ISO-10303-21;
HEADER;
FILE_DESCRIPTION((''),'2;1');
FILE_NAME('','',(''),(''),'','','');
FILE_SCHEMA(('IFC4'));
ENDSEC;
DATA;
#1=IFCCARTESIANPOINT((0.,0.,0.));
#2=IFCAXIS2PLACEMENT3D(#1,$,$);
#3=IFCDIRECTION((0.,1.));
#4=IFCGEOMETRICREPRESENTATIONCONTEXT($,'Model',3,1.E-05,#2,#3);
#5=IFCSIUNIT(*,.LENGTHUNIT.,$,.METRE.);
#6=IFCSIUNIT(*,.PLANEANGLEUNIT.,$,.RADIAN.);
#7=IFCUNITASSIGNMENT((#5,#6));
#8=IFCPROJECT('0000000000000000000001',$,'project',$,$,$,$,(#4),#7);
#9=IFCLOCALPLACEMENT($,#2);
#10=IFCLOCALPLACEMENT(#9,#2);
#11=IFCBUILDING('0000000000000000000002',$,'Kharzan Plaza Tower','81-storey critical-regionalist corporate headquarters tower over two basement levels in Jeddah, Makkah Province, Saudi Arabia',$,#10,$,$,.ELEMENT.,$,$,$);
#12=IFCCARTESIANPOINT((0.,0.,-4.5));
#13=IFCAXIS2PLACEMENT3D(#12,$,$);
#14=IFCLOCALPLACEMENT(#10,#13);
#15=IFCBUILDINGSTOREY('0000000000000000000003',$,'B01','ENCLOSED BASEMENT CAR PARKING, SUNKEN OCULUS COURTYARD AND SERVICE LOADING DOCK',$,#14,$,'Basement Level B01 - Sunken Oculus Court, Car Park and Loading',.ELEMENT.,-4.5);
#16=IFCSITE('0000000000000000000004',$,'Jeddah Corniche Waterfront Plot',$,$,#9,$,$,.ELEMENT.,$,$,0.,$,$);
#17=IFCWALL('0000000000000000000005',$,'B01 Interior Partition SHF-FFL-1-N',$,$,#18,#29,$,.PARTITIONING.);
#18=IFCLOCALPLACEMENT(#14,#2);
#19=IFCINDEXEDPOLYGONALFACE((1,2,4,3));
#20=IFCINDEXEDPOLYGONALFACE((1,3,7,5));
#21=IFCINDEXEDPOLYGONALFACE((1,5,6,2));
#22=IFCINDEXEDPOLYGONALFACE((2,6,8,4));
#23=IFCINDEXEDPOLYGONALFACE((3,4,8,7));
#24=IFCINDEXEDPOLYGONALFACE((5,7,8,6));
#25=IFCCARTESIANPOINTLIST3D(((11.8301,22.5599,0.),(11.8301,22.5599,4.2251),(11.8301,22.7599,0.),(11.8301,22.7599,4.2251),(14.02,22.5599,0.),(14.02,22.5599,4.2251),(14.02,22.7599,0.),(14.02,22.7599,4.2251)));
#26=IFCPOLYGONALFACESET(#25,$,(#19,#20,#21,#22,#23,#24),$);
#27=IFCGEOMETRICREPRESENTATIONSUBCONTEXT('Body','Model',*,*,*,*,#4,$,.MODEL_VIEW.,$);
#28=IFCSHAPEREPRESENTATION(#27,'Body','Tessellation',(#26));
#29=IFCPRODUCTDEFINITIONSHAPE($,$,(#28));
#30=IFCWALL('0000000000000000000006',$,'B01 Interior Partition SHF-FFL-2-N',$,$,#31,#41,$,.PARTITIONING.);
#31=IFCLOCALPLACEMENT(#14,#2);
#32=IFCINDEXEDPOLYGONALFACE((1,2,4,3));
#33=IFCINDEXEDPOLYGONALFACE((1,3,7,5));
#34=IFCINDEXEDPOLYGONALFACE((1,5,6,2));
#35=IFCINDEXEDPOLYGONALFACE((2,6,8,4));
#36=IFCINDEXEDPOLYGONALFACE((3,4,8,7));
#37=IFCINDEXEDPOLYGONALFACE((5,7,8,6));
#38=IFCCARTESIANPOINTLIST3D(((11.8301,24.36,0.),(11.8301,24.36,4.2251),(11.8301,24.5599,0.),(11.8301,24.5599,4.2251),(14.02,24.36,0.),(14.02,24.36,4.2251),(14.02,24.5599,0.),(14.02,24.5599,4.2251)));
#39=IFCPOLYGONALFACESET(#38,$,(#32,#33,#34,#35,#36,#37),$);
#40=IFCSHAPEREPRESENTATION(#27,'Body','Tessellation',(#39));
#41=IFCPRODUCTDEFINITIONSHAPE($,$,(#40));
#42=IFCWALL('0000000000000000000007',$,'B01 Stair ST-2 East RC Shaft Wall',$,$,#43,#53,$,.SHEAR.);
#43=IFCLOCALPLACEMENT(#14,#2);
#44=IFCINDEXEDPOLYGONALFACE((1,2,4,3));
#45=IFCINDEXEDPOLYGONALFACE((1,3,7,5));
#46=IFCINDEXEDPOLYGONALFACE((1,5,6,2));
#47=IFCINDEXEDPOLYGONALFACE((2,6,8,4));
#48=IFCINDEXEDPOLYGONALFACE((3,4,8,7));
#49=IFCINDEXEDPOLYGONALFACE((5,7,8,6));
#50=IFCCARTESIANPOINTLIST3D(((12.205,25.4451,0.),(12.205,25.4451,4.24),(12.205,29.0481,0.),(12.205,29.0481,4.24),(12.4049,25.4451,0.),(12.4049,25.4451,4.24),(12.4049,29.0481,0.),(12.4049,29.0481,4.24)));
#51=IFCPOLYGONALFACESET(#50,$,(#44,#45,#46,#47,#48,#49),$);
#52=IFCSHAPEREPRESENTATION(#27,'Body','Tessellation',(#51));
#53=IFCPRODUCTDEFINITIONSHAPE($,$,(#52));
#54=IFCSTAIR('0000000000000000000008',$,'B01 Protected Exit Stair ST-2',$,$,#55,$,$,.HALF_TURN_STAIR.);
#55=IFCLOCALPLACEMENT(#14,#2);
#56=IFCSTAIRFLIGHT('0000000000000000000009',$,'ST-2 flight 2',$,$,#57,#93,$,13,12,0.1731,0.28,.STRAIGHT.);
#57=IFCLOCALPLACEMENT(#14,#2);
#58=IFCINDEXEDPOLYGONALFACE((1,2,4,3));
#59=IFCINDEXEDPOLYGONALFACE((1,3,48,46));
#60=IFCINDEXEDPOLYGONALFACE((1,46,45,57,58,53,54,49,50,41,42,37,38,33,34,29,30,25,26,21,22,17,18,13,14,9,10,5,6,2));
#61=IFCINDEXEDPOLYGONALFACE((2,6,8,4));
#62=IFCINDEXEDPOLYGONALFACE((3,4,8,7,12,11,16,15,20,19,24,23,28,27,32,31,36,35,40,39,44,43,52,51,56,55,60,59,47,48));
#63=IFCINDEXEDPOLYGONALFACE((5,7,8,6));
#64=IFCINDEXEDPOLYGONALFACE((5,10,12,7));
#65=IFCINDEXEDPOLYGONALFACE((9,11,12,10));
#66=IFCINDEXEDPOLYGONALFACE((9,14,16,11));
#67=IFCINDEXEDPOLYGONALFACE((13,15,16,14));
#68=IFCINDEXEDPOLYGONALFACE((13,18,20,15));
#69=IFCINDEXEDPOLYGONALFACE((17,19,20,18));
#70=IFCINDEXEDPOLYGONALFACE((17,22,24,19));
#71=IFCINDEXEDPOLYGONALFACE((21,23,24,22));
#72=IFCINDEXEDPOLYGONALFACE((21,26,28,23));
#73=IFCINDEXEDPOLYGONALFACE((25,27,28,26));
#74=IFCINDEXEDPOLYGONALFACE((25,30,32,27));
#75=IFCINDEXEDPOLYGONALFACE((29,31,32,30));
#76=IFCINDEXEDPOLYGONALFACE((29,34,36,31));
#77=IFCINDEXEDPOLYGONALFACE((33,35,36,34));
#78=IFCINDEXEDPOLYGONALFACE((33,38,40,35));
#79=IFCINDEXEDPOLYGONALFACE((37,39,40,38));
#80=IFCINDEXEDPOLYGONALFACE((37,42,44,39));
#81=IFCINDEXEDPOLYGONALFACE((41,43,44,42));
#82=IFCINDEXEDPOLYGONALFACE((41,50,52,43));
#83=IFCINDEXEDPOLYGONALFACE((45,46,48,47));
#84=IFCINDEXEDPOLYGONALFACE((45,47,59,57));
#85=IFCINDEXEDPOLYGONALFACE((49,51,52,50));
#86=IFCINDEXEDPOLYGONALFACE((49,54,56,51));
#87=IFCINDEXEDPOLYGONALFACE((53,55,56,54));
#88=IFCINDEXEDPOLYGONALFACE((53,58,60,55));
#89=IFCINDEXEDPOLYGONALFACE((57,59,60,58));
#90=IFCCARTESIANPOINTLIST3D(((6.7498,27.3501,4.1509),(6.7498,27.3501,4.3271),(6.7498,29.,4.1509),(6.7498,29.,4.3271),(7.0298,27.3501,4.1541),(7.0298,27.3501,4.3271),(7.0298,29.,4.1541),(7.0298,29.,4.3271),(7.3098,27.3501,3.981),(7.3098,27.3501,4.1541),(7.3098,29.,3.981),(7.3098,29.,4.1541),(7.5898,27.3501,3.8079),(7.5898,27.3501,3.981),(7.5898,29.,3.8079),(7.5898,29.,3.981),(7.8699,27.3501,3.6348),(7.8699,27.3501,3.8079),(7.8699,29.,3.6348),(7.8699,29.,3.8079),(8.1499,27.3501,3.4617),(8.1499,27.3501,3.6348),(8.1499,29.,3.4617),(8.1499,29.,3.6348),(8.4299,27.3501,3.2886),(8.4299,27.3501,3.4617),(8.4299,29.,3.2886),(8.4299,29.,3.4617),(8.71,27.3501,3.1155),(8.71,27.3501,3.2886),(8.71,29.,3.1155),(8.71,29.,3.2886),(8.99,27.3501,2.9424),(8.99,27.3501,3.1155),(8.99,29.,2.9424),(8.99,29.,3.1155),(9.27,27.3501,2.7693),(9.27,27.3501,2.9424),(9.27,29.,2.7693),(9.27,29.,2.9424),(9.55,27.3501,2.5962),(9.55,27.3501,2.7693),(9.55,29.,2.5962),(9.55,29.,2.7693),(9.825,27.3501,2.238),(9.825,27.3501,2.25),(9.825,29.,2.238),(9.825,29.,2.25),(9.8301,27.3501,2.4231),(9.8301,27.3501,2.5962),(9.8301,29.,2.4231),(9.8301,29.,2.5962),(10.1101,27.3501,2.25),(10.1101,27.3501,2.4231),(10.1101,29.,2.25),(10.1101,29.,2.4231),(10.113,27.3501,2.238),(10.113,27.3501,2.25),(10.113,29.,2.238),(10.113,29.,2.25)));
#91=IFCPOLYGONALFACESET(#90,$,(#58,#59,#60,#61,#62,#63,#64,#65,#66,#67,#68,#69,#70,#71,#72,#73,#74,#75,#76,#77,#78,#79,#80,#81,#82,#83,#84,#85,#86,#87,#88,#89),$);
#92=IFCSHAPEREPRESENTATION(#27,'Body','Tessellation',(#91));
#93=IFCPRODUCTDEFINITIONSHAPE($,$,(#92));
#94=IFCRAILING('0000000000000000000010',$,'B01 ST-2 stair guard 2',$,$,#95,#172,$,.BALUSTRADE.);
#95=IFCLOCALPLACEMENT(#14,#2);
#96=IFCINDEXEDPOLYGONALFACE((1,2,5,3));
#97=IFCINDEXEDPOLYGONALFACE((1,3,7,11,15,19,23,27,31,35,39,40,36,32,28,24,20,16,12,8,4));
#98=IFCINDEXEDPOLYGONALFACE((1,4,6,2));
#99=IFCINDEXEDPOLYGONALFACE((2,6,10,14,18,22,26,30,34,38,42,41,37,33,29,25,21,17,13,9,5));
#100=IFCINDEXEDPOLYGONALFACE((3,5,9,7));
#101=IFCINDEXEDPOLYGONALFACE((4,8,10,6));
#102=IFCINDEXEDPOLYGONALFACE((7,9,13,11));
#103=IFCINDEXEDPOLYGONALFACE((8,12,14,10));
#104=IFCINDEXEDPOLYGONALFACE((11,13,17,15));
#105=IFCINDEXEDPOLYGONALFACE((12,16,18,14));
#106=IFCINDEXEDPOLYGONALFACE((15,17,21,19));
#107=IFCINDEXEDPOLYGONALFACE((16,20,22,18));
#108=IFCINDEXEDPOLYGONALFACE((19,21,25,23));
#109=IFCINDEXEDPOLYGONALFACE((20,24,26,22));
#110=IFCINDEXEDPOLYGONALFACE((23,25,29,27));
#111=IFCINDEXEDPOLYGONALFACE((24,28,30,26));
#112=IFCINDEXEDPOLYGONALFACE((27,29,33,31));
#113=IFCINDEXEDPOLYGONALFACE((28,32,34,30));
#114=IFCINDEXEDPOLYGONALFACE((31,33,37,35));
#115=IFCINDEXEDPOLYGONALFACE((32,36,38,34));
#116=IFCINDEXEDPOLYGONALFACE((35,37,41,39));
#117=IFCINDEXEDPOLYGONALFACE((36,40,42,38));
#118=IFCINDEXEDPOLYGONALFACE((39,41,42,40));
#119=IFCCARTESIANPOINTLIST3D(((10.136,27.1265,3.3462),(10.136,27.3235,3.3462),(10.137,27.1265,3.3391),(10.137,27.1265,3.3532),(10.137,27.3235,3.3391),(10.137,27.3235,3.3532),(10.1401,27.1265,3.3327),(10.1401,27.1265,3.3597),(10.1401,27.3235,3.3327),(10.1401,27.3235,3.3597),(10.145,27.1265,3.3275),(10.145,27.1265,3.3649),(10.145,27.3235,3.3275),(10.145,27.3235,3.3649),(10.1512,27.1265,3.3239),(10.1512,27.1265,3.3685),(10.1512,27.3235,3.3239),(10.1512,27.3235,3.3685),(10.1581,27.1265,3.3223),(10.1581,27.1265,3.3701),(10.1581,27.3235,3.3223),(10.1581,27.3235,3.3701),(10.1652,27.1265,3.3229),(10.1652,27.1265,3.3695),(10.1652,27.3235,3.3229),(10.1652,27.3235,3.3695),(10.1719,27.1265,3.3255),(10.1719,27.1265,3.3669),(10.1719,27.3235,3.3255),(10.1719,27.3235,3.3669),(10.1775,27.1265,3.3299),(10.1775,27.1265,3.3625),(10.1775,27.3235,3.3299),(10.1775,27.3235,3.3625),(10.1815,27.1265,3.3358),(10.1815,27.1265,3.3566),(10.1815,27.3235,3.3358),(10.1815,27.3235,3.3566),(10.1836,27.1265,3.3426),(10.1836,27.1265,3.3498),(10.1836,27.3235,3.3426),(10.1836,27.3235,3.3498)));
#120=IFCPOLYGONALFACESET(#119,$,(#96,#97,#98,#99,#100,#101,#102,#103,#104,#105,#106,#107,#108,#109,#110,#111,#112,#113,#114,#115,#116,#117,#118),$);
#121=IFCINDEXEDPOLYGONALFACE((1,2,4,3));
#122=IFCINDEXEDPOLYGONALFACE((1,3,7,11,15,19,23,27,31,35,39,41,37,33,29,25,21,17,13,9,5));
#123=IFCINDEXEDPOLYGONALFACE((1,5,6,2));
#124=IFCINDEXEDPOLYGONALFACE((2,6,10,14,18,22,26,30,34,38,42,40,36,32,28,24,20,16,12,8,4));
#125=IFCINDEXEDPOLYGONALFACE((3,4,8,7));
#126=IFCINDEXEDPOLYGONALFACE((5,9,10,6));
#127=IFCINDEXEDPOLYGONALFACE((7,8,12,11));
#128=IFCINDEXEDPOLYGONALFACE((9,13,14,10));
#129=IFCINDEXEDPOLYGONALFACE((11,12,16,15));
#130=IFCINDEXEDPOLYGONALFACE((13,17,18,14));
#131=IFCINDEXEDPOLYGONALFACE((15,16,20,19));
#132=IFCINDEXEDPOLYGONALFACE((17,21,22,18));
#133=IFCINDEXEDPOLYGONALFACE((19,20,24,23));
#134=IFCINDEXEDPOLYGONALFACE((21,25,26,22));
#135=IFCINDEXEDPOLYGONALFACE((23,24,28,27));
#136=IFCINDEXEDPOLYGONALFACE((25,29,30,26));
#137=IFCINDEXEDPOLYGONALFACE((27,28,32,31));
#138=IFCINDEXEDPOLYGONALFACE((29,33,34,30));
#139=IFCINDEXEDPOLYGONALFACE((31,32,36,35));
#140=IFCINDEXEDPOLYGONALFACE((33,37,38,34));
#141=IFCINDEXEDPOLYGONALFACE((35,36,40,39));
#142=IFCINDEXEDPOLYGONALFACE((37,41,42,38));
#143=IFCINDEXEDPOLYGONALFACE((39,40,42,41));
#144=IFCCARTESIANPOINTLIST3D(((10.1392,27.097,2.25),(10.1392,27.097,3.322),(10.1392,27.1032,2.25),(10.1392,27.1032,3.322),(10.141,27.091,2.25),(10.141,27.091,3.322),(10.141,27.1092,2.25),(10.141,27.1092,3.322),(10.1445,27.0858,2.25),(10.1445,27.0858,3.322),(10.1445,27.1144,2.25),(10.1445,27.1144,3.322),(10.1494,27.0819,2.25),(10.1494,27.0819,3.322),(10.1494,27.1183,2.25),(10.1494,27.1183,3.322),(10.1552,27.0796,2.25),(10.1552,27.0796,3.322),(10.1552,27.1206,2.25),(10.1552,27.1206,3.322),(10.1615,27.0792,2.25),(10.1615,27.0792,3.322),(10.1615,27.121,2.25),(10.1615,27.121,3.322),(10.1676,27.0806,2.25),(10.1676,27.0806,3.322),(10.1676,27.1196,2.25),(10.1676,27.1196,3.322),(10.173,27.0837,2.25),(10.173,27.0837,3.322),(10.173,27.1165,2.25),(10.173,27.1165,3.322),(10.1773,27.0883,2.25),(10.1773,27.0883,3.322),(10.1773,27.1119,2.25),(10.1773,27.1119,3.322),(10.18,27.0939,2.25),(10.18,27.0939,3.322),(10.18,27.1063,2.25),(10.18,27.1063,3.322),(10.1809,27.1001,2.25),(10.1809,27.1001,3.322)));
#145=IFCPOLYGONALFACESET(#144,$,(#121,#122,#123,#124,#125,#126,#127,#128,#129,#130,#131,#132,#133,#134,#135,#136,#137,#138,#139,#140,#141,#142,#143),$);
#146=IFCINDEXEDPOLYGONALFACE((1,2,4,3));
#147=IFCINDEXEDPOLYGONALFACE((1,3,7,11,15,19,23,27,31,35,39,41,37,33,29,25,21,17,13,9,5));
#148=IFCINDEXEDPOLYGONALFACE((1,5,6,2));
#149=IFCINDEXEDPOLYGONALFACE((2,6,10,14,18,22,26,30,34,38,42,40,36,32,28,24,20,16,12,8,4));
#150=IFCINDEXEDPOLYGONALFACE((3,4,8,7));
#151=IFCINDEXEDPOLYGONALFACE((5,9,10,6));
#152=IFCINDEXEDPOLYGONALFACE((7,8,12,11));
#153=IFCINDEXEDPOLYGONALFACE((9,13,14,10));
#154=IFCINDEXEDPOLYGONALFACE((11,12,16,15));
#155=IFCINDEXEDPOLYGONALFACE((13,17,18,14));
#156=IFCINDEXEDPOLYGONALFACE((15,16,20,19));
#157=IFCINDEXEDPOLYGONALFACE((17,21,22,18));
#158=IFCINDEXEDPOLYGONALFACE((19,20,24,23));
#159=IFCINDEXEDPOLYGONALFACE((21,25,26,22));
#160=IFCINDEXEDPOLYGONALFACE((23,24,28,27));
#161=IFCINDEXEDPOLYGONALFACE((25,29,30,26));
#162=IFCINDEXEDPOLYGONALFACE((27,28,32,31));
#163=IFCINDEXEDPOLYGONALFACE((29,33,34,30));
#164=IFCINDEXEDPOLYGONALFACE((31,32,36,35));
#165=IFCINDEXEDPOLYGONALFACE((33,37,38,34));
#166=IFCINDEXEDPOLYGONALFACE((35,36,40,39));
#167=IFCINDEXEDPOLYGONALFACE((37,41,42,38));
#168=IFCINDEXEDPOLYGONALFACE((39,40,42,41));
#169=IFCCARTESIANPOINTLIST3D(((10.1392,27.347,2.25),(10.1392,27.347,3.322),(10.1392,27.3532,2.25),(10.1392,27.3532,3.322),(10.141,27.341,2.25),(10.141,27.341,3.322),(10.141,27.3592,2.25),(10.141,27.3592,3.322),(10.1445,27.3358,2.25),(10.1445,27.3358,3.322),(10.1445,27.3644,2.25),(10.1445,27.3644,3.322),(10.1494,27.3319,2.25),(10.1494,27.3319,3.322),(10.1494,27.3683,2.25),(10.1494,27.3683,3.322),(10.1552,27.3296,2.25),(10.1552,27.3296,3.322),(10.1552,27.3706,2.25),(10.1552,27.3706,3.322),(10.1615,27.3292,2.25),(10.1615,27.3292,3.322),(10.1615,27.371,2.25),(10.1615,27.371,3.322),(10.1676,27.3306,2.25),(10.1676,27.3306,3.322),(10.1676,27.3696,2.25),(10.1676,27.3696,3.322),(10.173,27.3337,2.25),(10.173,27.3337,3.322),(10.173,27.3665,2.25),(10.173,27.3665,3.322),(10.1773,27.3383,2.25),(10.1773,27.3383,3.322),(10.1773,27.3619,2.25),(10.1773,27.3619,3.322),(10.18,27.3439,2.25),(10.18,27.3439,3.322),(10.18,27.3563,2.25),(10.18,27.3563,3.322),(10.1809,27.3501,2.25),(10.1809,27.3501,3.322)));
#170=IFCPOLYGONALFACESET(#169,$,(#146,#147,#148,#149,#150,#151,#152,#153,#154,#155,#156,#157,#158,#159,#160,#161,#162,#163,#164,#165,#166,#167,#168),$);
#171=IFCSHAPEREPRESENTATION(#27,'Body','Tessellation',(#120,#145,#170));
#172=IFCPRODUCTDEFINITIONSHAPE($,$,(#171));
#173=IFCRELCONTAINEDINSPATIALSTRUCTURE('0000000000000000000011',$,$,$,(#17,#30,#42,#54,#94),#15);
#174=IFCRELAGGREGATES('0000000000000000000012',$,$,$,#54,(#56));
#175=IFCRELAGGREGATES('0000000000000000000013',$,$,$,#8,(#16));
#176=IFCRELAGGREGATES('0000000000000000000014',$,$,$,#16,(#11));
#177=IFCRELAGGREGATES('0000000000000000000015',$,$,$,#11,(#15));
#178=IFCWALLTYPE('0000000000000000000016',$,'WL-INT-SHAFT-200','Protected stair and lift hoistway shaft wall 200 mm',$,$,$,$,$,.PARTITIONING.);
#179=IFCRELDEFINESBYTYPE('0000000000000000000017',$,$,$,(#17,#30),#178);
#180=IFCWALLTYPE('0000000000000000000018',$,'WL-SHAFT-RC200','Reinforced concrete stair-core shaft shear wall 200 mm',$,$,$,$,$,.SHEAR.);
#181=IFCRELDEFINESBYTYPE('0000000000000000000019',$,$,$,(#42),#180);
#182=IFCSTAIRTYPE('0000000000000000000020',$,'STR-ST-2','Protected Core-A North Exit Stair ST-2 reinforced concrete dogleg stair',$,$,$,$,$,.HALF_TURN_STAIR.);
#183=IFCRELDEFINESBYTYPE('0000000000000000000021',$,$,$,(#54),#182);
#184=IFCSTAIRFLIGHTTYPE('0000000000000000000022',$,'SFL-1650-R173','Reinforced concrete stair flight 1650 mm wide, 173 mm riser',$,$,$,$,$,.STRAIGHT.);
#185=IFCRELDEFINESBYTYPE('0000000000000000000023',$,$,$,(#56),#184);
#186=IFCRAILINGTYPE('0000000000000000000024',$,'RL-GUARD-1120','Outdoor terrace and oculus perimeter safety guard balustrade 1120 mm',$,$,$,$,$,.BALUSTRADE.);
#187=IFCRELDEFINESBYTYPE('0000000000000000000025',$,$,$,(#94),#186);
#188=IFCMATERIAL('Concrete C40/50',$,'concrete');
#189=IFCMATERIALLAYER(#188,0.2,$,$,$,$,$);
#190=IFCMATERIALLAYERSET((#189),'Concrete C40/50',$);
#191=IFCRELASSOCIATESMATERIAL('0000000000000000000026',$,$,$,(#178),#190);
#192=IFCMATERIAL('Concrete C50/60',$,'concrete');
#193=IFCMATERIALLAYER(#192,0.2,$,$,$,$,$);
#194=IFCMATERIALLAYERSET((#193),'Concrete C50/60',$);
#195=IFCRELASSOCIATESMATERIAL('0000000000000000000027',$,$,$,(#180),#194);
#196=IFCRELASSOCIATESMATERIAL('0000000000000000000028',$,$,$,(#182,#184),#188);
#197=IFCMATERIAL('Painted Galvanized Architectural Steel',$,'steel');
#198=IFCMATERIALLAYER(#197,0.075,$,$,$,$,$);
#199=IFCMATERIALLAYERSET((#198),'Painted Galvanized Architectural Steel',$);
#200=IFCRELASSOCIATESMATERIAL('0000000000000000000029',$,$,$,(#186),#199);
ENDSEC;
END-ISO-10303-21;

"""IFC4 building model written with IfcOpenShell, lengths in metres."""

from ifc_helpers import new_model, si_unit, direction, frame, frame_2d, origin, origin_2d, place, context, subcontext, project, spatial, polyline, rectangle, circle, outline, extrude, source, transform, mapped, material, layer, layer_set, type_object, element, aggregate, save


model = new_model("IFC4")

# Units and contexts
model_context = context("Model", 3, precision=1e-05, world=origin(), true_north=direction((0.0, 1.0)))
body_context = subcontext(model_context, "Body", "Model", "MODEL_VIEW")
ifc_project = project(units=[si_unit("LENGTHUNIT", "METRE"), si_unit("PLANEANGLEUNIT", "RADIAN")], contexts=[model_context])

# Site, building, storey
site_placement = place(None, origin())
site = spatial("IfcSite", under=ifc_project, at=site_placement, Name="Jeddah Corniche Waterfront Plot", CompositionType="ELEMENT", RefElevation=0.0)
building_placement = place(site_placement, origin())
building = spatial("IfcBuilding", under=site, at=building_placement, Name="Kharzan Plaza Tower", Description="81-storey critical-regionalist corporate headquarters tower over two basement levels in Jeddah, Makkah Province, Saudi Arabia", CompositionType="ELEMENT")
storey_placement = place(building_placement, frame((0.0, 0.0, -4.5)))
storey = spatial("IfcBuildingStorey", under=building, at=storey_placement, Name="B01", Description="ENCLOSED BASEMENT CAR PARKING, SUNKEN OCULUS COURTYARD AND SERVICE LOADING DOCK", LongName="Basement Level B01 - Sunken Oculus Court, Car Park and Loading", CompositionType="ELEMENT", Elevation=-4.5)

# Shared definitions
ifc_material_1 = material(Name="Concrete C40/50", Category="concrete")
ifc_layer_1 = layer(ifc_material_1, 0.2)
ifc_layer_set_1 = layer_set([ifc_layer_1], Name="Concrete C40/50")
wall_type_1 = type_object("IfcWallType", Name="WL-INT-SHAFT-200", Description="Protected stair and lift hoistway shaft wall 200 mm", PredefinedType="PARTITIONING", material=ifc_layer_set_1)

# Walls
shared_shape_1 = source(origin(), body_context, "Body", "SweptSolid", [
    extrude(rectangle(XDim=2.1899, YDim=0.2, at=frame_2d((1.095, 0.0))), origin(), (0.0, 0.0, 1.0), 4.2251),
])
for number, where, z_axis, x_axis, name in (
    (1, (11.8301, 22.6599, 0.0), (0.0, 0.0, 1.0), (1.0, 0.0, 0.0), "B01 Interior Partition SHF-FFL-1-N"),
    (2, (11.8301, 24.46, 0.0), (0.0, 0.0, 1.0), (1.0, 0.0, 0.0), "B01 Interior Partition SHF-FFL-2-N"),
):
    element("IfcWall", number, at=place(storey_placement, frame(where, z_axis=z_axis, x_axis=x_axis)), inside=storey, type_object=wall_type_1, Name=name, PredefinedType="PARTITIONING", context=body_context, shape_type="MappedRepresentation", body=[
        mapped(shared_shape_1, transform((0.0, 0.0, 0.0), x_axis=(1.0, 0.0, 0.0), y_axis=(0.0, 1.0, 0.0), z_axis=(0.0, 0.0, 1.0))),
    ])
ifc_material_2 = material(Name="Concrete C50/60", Category="concrete")
ifc_layer_2 = layer(ifc_material_2, 0.2)
ifc_layer_set_2 = layer_set([ifc_layer_2], Name="Concrete C50/60")
wall_type_2 = type_object("IfcWallType", Name="WL-SHAFT-RC200", Description="Reinforced concrete stair-core shaft shear wall 200 mm", PredefinedType="SHEAR", material=ifc_layer_set_2)
shared_shape_2 = source(origin(), body_context, "Body", "SweptSolid", [
    extrude(rectangle(XDim=3.603, YDim=0.2, at=frame_2d((1.8015, 0.0))), origin(), (0.0, 0.0, 1.0), 4.24),
])
wall_1_placement = place(storey_placement, frame((12.3049, 25.4451, 0.0), z_axis=(0.0, 0.0, 1.0), x_axis=(0.0, 1.0, 0.0)))
element("IfcWall", 3, at=wall_1_placement, inside=storey, type_object=wall_type_2, Name="B01 Stair ST-2 East RC Shaft Wall", PredefinedType="SHEAR", context=body_context, shape_type="MappedRepresentation", body=[
    mapped(shared_shape_2, transform((0.0, 0.0, 0.0), x_axis=(1.0, 0.0, 0.0), y_axis=(0.0, 1.0, 0.0), z_axis=(0.0, 0.0, 1.0))),
])

# Stair, stair flight
stair_type = type_object("IfcStairType", Name="STR-ST-2", Description="Protected Core-A North Exit Stair ST-2 reinforced concrete dogleg stair", PredefinedType="HALF_TURN_STAIR", material=ifc_material_1)
stair_placement = place(storey_placement, origin())
stair = element("IfcStair", 4, at=stair_placement, inside=storey, type_object=stair_type, Name="B01 Protected Exit Stair ST-2", PredefinedType="HALF_TURN_STAIR")
stair_flight_type = type_object("IfcStairFlightType", Name="SFL-1650-R173", Description="Reinforced concrete stair flight 1650 mm wide, 173 mm riser", PredefinedType="STRAIGHT", material=ifc_material_1)
shared_shape_3 = source(origin(), body_context, "Body", "SweptSolid", [
    extrude(outline(polyline([(-0.0029, -0.012), (-0.0029, 0.0), (0.0, 0.0), (0.0, 0.1731), (0.28, 0.1731), (0.28, 0.3462), (0.5601, 0.3462), (0.5601, 0.5193), (0.8401, 0.5193), (0.8401, 0.6924), (1.1201, 0.6924), (1.1201, 0.8655), (1.4001, 0.8655), (1.4001, 1.0386), (1.6802, 1.0386), (1.6802, 1.2117), (1.9602, 1.2117), (1.9602, 1.3848), (2.2402, 1.3848), (2.2402, 1.5579), (2.5203, 1.5579), (2.5203, 1.731), (2.8003, 1.731), (2.8003, 1.9041), (3.0803, 1.9041), (3.0803, 2.0771), (3.3604, 2.0771), (3.3604, 2.2502), (3.3604, 1.9009), (0.2852, 0.0), (0.2852, -0.012), (-0.0029, -0.012)])), frame((0.0, 0.825, 0.0), z_axis=(0.0, -1.0, 0.0), x_axis=(1.0, 0.0, 0.0)), (0.0, 0.0, 1.0), 1.6499),
])
stair_flight_placement = place(storey_placement, frame((10.1101, 28.175, 2.25), z_axis=(0.0, 0.0, 1.0), x_axis=(-1.0, 0.0, 0.0)))
stair_flight = element("IfcStairFlight", 5, at=stair_flight_placement, type_object=stair_flight_type, Name="ST-2 flight 2", NumberOfRisers=13, NumberOfTreads=12, PredefinedType="STRAIGHT", RiserHeight=0.1731, TreadLength=0.28, context=body_context, shape_type="MappedRepresentation", body=[
    mapped(shared_shape_3, transform((0.0, 0.0, 0.0), x_axis=(1.0, 0.0, 0.0), y_axis=(0.0, 1.0, 0.0), z_axis=(0.0, 0.0, 1.0))),
])
aggregate(stair, [stair_flight])

# Railing
ifc_material_3 = material(Name="Painted Galvanized Architectural Steel", Category="steel")
ifc_layer_3 = layer(ifc_material_3, 0.075)
ifc_layer_set_3 = layer_set([ifc_layer_3], Name="Painted Galvanized Architectural Steel")
railing_type_1 = type_object("IfcRailingType", Name="RL-GUARD-1120", Description="Outdoor terrace and oculus perimeter safety guard balustrade 1120 mm", PredefinedType="BALUSTRADE", material=ifc_layer_set_3)
shared_shape_4 = source(origin(), body_context, "Body", "SweptSolid", [
    extrude(circle(Radius=0.0239, at=origin_2d()), frame((0.0, 0.0264, 1.0962), z_axis=(0.0, 1.0, 0.0), x_axis=(-1.0, 0.0, 0.0)), (0.0, 0.0, 1.0), 0.197),
    extrude(circle(Radius=0.021, at=origin_2d()), origin(), (0.0, 0.0, 1.0), 1.072),
    extrude(circle(Radius=0.021, at=origin_2d()), frame((0.0, 0.25, 0.0)), (0.0, 0.0, 1.0), 1.072),
])
railing_1_placement = place(storey_placement, frame((10.1599, 27.1001, 2.25)))
element("IfcRailing", 6, at=railing_1_placement, inside=storey, type_object=railing_type_1, Name="B01 ST-2 stair guard 2", PredefinedType="BALUSTRADE", context=body_context, shape_type="MappedRepresentation", body=[
    mapped(shared_shape_4, transform((0.0, 0.0, 0.0), x_axis=(1.0, 0.0, 0.0), y_axis=(0.0, 1.0, 0.0), z_axis=(0.0, 0.0, 1.0))),
])

save(model, "model.ifc")
